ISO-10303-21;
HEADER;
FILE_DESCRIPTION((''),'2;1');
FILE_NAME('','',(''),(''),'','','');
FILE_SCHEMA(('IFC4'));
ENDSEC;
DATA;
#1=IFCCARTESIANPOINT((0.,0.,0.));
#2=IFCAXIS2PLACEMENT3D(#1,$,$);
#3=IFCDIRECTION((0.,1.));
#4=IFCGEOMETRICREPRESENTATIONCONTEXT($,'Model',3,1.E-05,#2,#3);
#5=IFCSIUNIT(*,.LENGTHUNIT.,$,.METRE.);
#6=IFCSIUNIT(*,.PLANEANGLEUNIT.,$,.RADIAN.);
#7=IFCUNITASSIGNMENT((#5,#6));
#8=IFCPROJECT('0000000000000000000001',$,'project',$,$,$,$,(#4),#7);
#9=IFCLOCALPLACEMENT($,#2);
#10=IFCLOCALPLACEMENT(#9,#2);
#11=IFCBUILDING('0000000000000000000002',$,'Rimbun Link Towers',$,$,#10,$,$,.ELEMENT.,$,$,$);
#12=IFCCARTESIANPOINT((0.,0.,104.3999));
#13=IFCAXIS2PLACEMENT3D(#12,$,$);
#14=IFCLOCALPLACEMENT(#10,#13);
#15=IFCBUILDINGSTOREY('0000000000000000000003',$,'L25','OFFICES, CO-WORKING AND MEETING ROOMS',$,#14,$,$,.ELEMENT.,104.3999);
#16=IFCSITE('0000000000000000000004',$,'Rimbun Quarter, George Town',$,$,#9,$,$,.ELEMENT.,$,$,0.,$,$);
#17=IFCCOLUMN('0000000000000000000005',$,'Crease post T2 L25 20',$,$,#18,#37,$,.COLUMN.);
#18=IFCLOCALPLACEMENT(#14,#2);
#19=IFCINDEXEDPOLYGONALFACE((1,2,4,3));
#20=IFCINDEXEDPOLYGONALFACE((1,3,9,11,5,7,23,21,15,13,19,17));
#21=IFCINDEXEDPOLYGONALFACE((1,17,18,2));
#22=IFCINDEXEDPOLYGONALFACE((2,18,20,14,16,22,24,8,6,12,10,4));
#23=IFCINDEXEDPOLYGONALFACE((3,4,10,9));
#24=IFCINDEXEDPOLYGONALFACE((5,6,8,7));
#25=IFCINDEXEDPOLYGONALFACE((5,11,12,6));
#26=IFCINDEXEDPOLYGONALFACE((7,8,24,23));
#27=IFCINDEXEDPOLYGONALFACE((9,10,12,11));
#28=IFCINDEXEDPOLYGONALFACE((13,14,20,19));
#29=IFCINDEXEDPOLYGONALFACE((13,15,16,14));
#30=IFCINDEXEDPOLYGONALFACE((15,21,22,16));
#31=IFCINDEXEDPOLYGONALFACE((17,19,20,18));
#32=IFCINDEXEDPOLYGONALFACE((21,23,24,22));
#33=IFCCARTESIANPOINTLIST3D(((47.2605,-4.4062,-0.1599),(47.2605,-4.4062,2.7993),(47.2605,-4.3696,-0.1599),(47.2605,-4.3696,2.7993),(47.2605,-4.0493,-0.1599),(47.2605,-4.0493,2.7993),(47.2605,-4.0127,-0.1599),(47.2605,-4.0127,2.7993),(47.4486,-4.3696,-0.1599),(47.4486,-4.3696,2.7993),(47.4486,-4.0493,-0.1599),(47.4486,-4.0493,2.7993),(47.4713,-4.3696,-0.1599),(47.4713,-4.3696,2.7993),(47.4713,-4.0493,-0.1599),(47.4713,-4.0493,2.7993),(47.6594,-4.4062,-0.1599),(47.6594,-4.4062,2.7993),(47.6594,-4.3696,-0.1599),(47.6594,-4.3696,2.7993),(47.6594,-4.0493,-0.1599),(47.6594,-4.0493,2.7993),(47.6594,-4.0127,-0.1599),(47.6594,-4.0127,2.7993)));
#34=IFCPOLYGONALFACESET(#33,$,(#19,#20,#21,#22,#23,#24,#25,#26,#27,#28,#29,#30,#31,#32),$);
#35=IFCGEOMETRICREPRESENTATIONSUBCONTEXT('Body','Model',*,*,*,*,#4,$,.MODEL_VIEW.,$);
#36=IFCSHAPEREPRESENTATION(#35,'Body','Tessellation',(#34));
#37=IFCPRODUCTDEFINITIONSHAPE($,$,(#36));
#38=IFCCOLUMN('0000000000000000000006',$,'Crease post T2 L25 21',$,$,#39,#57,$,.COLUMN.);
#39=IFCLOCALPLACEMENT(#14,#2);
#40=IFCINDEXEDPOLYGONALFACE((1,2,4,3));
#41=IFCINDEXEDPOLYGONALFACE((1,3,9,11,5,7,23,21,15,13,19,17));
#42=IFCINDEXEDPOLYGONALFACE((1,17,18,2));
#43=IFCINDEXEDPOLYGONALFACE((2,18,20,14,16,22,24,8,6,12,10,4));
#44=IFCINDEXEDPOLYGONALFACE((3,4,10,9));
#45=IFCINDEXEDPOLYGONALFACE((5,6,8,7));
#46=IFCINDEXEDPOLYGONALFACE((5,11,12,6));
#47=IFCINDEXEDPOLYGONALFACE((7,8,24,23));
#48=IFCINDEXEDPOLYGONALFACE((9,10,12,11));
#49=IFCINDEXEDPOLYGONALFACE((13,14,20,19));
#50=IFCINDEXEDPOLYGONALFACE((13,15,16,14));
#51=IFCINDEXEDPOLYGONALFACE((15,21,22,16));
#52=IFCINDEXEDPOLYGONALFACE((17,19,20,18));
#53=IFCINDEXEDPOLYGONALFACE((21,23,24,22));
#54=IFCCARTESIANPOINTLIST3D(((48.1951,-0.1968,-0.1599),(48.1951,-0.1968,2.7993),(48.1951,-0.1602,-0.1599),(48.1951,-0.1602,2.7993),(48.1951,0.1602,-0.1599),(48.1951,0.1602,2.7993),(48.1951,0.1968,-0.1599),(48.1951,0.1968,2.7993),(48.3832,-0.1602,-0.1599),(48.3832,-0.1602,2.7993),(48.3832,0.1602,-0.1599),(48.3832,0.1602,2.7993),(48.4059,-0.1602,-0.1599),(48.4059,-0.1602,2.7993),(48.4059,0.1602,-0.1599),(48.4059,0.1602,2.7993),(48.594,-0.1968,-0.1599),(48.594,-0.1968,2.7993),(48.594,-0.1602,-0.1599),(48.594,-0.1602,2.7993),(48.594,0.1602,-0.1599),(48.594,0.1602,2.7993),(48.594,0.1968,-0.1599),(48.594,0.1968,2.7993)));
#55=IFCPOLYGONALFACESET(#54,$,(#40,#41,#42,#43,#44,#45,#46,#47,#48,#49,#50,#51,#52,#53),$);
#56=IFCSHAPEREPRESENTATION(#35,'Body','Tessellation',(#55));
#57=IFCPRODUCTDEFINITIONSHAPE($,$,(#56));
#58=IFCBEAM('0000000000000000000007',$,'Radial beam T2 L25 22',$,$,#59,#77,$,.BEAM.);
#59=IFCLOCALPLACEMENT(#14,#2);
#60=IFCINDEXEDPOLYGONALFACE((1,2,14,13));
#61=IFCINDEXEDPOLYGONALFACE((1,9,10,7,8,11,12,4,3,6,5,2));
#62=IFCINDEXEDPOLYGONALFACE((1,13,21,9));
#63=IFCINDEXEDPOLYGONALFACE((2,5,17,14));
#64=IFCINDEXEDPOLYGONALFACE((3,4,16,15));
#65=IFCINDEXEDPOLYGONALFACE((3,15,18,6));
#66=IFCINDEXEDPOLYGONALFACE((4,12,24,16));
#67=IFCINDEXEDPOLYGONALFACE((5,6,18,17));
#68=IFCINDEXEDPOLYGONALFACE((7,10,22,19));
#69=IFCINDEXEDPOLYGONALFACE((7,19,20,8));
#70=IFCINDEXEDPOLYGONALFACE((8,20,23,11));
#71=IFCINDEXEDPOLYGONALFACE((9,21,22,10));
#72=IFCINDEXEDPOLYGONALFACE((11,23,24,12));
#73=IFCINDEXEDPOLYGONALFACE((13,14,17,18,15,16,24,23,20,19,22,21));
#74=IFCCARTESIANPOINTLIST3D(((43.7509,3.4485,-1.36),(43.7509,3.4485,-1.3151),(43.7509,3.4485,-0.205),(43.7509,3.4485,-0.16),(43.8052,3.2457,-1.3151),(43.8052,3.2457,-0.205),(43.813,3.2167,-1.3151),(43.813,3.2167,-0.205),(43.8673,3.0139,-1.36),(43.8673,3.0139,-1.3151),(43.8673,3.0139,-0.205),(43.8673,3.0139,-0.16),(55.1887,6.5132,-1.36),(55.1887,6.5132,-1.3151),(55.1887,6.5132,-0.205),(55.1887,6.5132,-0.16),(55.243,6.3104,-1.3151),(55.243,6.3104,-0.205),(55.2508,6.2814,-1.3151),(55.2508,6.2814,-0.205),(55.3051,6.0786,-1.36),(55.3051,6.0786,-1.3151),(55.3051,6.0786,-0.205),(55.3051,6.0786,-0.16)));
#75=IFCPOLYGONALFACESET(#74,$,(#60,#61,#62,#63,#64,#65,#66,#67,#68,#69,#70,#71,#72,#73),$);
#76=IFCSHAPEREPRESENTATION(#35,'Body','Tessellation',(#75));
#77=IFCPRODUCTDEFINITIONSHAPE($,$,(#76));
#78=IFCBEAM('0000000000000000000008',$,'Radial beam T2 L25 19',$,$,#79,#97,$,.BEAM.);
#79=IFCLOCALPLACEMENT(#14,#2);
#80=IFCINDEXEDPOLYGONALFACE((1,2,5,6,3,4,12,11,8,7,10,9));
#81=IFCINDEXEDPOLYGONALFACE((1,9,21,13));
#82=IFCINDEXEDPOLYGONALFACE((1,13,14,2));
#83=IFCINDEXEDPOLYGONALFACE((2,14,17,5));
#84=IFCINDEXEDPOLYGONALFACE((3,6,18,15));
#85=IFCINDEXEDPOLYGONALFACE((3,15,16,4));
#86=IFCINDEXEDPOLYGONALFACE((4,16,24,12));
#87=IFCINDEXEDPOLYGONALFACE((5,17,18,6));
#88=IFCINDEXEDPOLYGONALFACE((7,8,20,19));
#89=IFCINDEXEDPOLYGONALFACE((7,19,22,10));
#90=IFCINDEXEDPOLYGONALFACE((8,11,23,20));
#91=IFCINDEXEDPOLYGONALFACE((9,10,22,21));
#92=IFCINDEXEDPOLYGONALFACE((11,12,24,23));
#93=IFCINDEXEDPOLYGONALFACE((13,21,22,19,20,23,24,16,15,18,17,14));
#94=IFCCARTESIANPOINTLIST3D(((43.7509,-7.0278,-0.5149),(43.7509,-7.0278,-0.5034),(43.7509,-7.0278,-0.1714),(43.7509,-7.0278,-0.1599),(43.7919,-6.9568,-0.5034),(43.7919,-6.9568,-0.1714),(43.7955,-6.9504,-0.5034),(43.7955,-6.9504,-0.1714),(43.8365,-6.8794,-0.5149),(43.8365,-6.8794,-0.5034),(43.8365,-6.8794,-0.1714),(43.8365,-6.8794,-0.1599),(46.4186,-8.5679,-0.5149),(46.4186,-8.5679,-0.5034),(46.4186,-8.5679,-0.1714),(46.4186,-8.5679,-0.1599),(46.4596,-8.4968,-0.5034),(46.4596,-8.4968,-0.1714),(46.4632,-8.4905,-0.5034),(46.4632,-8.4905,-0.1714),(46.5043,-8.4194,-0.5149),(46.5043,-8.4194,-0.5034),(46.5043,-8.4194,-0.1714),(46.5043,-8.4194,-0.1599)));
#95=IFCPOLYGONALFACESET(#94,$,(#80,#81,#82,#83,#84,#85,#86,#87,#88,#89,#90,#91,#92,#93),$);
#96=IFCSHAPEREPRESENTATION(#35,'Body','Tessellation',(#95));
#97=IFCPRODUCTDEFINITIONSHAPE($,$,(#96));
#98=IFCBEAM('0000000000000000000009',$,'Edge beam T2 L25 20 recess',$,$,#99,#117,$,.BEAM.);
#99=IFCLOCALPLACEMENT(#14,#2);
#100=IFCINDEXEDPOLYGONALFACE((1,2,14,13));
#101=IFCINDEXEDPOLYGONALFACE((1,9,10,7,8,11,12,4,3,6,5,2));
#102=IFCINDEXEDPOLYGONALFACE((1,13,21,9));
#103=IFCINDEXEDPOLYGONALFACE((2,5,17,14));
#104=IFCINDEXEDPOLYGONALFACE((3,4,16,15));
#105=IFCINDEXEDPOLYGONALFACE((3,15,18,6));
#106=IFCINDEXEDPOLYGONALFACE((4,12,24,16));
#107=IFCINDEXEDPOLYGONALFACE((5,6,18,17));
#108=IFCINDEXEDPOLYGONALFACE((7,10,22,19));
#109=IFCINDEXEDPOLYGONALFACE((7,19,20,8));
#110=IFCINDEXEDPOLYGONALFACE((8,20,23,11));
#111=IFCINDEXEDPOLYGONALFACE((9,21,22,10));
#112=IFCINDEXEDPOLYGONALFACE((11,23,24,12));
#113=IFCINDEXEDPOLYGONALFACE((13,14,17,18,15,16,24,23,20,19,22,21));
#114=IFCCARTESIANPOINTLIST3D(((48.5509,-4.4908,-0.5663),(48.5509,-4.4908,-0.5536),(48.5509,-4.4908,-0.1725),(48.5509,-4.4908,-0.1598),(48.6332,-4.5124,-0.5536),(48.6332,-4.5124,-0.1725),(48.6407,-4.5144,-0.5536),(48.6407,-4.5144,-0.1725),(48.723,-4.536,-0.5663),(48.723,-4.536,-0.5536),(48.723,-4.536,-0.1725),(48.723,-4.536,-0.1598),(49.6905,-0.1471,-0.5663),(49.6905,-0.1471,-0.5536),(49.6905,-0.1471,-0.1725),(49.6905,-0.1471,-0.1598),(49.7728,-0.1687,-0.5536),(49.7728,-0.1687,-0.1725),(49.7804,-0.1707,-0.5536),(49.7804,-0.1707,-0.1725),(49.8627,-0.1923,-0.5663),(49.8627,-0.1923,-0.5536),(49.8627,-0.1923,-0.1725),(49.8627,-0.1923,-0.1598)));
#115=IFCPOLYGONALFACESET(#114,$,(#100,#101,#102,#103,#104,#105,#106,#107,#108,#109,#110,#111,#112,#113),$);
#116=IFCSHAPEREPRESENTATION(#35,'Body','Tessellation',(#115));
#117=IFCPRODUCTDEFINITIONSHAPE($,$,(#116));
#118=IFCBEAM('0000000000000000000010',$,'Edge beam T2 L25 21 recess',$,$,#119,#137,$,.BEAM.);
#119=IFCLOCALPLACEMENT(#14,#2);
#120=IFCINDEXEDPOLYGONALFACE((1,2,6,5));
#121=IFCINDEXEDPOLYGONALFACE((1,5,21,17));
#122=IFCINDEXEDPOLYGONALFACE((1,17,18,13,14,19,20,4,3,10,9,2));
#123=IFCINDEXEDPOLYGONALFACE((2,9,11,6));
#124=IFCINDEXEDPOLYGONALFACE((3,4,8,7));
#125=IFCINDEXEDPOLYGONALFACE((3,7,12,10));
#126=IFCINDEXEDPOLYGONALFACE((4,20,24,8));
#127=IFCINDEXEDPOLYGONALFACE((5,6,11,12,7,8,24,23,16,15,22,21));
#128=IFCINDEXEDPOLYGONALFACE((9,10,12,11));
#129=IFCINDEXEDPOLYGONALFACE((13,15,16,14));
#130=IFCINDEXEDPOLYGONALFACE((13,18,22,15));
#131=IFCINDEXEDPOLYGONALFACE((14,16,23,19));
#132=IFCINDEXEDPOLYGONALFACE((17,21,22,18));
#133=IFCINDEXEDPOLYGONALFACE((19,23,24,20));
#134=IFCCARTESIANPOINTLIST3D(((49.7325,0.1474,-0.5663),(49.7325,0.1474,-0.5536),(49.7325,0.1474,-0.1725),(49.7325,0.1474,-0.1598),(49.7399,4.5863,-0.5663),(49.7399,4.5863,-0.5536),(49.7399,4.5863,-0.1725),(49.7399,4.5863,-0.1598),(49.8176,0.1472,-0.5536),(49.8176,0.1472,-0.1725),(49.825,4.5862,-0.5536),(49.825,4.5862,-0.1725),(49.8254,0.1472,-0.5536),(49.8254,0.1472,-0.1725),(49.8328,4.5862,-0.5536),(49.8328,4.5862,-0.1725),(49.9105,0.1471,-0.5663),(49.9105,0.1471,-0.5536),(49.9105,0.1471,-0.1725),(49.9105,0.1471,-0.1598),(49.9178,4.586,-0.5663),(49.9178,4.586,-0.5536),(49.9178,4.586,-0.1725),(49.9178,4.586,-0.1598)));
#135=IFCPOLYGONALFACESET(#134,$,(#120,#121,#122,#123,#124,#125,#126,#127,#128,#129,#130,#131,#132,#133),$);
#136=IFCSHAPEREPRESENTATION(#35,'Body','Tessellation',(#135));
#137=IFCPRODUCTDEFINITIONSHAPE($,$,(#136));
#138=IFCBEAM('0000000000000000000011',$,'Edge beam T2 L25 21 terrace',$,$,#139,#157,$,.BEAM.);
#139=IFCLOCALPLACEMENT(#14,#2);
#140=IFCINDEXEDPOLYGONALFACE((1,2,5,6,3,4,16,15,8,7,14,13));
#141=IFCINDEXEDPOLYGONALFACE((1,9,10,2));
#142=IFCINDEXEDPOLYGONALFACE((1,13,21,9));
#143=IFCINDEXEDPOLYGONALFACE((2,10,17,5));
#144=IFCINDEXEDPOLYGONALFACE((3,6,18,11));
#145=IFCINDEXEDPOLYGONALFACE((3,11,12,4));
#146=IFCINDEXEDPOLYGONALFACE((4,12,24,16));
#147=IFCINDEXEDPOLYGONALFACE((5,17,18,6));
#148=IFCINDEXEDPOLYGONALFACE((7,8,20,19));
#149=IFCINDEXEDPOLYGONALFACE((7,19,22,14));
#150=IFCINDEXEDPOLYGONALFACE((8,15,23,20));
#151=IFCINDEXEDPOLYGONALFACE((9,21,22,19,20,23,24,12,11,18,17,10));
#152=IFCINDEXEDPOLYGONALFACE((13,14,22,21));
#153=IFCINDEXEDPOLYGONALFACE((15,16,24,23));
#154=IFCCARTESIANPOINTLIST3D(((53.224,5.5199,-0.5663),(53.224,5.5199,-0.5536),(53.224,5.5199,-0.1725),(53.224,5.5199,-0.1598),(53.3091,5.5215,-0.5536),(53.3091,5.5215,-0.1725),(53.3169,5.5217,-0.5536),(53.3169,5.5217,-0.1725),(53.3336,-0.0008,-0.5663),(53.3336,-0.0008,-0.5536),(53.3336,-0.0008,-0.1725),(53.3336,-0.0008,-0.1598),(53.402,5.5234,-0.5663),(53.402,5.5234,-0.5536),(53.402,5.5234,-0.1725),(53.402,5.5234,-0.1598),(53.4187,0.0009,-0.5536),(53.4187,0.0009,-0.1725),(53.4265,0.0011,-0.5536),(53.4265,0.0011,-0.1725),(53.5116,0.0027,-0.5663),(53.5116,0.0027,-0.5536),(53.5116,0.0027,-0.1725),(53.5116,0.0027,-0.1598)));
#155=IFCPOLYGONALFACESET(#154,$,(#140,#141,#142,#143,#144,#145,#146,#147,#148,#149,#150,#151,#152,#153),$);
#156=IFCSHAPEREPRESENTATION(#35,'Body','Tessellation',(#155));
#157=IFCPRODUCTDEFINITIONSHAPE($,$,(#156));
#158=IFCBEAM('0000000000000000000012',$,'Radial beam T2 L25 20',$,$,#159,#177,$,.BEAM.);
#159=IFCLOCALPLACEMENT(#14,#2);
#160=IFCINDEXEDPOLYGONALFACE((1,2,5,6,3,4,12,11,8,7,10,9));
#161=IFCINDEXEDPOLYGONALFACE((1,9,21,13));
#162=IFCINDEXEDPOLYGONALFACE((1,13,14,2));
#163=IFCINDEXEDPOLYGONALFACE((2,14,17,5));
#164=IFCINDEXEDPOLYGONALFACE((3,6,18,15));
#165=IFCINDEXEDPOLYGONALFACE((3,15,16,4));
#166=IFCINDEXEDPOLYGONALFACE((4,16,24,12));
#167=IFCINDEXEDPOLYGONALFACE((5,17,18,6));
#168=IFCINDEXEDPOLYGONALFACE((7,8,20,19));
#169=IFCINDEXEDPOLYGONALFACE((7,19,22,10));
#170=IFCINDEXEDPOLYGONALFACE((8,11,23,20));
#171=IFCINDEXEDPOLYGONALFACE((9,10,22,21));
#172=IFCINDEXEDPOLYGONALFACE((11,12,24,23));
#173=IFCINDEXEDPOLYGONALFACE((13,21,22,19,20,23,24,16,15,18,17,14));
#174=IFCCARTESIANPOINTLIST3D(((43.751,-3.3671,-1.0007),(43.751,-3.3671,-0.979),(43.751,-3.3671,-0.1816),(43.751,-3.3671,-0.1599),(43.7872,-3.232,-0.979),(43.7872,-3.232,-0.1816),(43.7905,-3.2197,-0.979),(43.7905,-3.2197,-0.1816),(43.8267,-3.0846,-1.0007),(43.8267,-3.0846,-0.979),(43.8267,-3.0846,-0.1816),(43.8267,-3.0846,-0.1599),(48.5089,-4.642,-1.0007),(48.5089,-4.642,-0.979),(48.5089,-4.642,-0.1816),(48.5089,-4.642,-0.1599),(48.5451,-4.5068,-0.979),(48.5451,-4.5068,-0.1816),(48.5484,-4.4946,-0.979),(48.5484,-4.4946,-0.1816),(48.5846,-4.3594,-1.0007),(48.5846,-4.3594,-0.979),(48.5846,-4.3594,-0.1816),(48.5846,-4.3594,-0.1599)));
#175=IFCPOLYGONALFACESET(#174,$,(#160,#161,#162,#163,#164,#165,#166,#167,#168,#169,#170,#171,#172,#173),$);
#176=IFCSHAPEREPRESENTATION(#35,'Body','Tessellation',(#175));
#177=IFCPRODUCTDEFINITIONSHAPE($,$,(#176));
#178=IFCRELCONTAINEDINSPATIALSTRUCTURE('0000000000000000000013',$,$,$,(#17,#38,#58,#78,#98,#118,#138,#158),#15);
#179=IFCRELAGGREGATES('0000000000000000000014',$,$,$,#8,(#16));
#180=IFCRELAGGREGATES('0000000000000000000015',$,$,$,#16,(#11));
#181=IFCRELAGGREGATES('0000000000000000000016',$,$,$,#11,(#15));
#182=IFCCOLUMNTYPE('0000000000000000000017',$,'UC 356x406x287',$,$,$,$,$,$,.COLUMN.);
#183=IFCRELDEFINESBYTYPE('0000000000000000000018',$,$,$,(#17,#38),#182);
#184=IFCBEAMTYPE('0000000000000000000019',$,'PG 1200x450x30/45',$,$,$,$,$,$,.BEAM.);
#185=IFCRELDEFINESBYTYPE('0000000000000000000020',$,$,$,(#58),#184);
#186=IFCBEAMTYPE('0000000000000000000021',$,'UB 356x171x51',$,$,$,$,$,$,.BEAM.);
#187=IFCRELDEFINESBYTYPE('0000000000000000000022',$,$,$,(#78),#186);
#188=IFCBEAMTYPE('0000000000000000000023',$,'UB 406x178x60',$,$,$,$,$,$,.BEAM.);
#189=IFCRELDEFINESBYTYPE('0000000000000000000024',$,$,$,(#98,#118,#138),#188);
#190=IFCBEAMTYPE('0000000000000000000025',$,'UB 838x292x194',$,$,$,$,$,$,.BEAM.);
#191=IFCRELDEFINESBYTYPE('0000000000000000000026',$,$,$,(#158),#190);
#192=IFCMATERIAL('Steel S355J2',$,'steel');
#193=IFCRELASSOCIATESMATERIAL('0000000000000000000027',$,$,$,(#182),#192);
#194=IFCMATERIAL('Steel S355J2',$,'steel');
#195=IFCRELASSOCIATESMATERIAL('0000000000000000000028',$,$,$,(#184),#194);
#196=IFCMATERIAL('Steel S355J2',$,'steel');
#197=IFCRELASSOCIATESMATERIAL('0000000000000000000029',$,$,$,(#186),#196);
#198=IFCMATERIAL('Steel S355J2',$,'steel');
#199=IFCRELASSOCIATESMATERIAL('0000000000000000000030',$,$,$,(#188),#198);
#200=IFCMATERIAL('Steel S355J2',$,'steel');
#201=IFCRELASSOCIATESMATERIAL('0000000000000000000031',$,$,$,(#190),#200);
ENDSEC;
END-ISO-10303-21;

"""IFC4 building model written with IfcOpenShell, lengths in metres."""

from ifc_helpers import new_model, si_unit, direction, frame, origin, origin_2d, place, context, subcontext, project, spatial, i_section, extrude, material, material_profile, profile_set, type_object, element, save


model = new_model("IFC4")

# Units and contexts
model_context = context("Model", 3, precision=1e-05, world=origin(), true_north=direction((0.0, 1.0)))
body_context = subcontext(model_context, "Body", "Model", "MODEL_VIEW")
ifc_project = project(units=[si_unit("LENGTHUNIT", "METRE"), si_unit("PLANEANGLEUNIT", "RADIAN")], contexts=[model_context])

# Site, building, storey
site_placement = place(None, origin())
site = spatial("IfcSite", under=ifc_project, at=site_placement, Name="Rimbun Quarter, George Town", CompositionType="ELEMENT", RefElevation=0.0)
building_placement = place(site_placement, origin())
building = spatial("IfcBuilding", under=site, at=building_placement, Name="Rimbun Link Towers", CompositionType="ELEMENT")
storey_placement = place(building_placement, frame((0.0, 0.0, 104.3999)))
storey = spatial("IfcBuildingStorey", under=building, at=storey_placement, Name="L25", Description="OFFICES, CO-WORKING AND MEETING ROOMS", CompositionType="ELEMENT", Elevation=104.3999)

# Columns
ifc_material_1 = material(Name="Steel S355J2", Category="steel")
ifc_material_profile_1 = material_profile(ifc_material_1, i_section(OverallWidth=0.3989, OverallDepth=0.3936, WebThickness=0.0227, FlangeThickness=0.0366, at=origin_2d()), Name="UC 356x406x287")
ifc_profile_set_1 = profile_set([ifc_material_profile_1], Name="Steel S355J2")
column_type = type_object("IfcColumnType", Name="UC 356x406x287", PredefinedType="COLUMN", material=ifc_profile_set_1)
for number, where, z_axis, x_axis, name in (
    (1, (47.46, -4.2095, -0.1599), (0.0, 0.0, 1.0), (1.0, 0.0, 0.0), "Crease post T2 L25 20"),
    (2, (48.3945, 0.0, -0.1599), (0.0, 0.0, 1.0), (1.0, 0.0, 0.0), "Crease post T2 L25 21"),
):
    element("IfcColumn", number, at=place(storey_placement, frame(where, z_axis=z_axis, x_axis=x_axis)), inside=storey, type_object=column_type, Name=name, PredefinedType="COLUMN", context=body_context, shape_type="SweptSolid", body=[
        extrude(i_section(OverallWidth=0.3989, OverallDepth=0.3936, WebThickness=0.0227, FlangeThickness=0.0366, at=origin_2d()), origin(), (0.0, 0.0, 1.0), 2.9592),
    ])

# Beams
ifc_material_2 = material(Name="Steel S355J2", Category="steel")
ifc_material_profile_2 = material_profile(ifc_material_2, i_section(OverallWidth=0.45, OverallDepth=1.2, WebThickness=0.03, FlangeThickness=0.0449, at=origin_2d()), Name="PG 1200x450x30/45")
ifc_profile_set_2 = profile_set([ifc_material_profile_2], Name="Steel S355J2")
beam_type_1 = type_object("IfcBeamType", Name="PG 1200x450x30/45", PredefinedType="BEAM", material=ifc_profile_set_2)
beam_1_placement = place(storey_placement, frame((43.8091, 3.2312, -0.76), z_axis=(0.965927, 0.258816, 0.0), x_axis=(-0.258816, 0.965927, 0.0)))
element("IfcBeam", 3, at=beam_1_placement, inside=storey, type_object=beam_type_1, Name="Radial beam T2 L25 22", PredefinedType="BEAM", context=body_context, shape_type="SweptSolid", body=[
    extrude(i_section(OverallWidth=0.45, OverallDepth=1.2, WebThickness=0.03, FlangeThickness=0.0449, at=origin_2d()), origin(), (0.0, 0.0, 1.0), 11.8413),
])
ifc_material_3 = material(Name="Steel S355J2", Category="steel")
ifc_material_profile_3 = material_profile(ifc_material_3, i_section(OverallWidth=0.1714, OverallDepth=0.355, WebThickness=0.0073, FlangeThickness=0.0115, at=origin_2d()), Name="UB 356x171x51")
ifc_profile_set_3 = profile_set([ifc_material_profile_3], Name="Steel S355J2")
beam_type_2 = type_object("IfcBeamType", Name="UB 356x171x51", PredefinedType="BEAM", material=ifc_profile_set_3)
beam_2_placement = place(storey_placement, frame((43.7937, -6.9536, -0.3374), z_axis=(0.86605, -0.499958, 0.0), x_axis=(0.499958, 0.86605, 0.0)))
element("IfcBeam", 4, at=beam_2_placement, inside=storey, type_object=beam_type_2, Name="Radial beam T2 L25 19", PredefinedType="BEAM", context=body_context, shape_type="SweptSolid", body=[
    extrude(i_section(OverallWidth=0.1714, OverallDepth=0.355, WebThickness=0.0073, FlangeThickness=0.0115, at=origin_2d()), origin(), (0.0, 0.0, 1.0), 3.0803),
])
ifc_material_4 = material(Name="Steel S355J2", Category="steel")
ifc_material_profile_4 = material_profile(ifc_material_4, i_section(OverallWidth=0.178, OverallDepth=0.4065, WebThickness=0.0078, FlangeThickness=0.0127, at=origin_2d()), Name="UB 406x178x60")
ifc_profile_set_4 = profile_set([ifc_material_profile_4], Name="Steel S355J2")
beam_type_3 = type_object("IfcBeamType", Name="UB 406x178x60", PredefinedType="BEAM", material=ifc_profile_set_4)
beam_3_placement = place(storey_placement, frame((48.637, -4.5134, -0.363), z_axis=(0.253776, 0.967263, 0.0), x_axis=(-0.967263, 0.253776, 0.0)))
element("IfcBeam", 5, at=beam_3_placement, inside=storey, type_object=beam_type_3, Name="Edge beam T2 L25 20 recess", PredefinedType="BEAM", context=body_context, shape_type="SweptSolid", body=[
    extrude(i_section(OverallWidth=0.178, OverallDepth=0.4065, WebThickness=0.0078, FlangeThickness=0.0127, at=origin_2d()), origin(), (0.0, 0.0, 1.0), 4.4907),
])
beam_4_placement = place(storey_placement, frame((49.8215, 0.1472, -0.363), z_axis=(0.00165, 0.999999, 0.0), x_axis=(-0.999999, 0.00165, 0.0)))
element("IfcBeam", 6, at=beam_4_placement, inside=storey, type_object=beam_type_3, Name="Edge beam T2 L25 21 recess", PredefinedType="BEAM", context=body_context, shape_type="SweptSolid", body=[
    extrude(i_section(OverallWidth=0.178, OverallDepth=0.4065, WebThickness=0.0078, FlangeThickness=0.0127, at=origin_2d()), origin(), (0.0, 0.0, 1.0), 4.439),
])
beam_5_placement = place(storey_placement, frame((53.4226, 0.001, -0.363), z_axis=(-0.019852, 0.999803, 0.0), x_axis=(-0.999803, -0.019852, 0.0)))
element("IfcBeam", 7, at=beam_5_placement, inside=storey, type_object=beam_type_3, Name="Edge beam T2 L25 21 terrace", PredefinedType="BEAM", context=body_context, shape_type="SweptSolid", body=[
    extrude(i_section(OverallWidth=0.178, OverallDepth=0.4065, WebThickness=0.0078, FlangeThickness=0.0127, at=origin_2d()), origin(), (0.0, 0.0, 1.0), 5.5217),
])
ifc_material_5 = material(Name="Steel S355J2", Category="steel")
ifc_material_profile_5 = material_profile(ifc_material_5, i_section(OverallWidth=0.2925, OverallDepth=0.8408, WebThickness=0.0127, FlangeThickness=0.0217, at=origin_2d()), Name="UB 838x292x194")
ifc_profile_set_5 = profile_set([ifc_material_profile_5], Name="Steel S355J2")
beam_type_4 = type_object("IfcBeamType", Name="UB 838x292x194", PredefinedType="BEAM", material=ifc_profile_set_5)
beam_6_placement = place(storey_placement, frame((43.7888, -3.2258, -0.5803), z_axis=(0.965927, -0.258816, 0.0), x_axis=(0.258816, 0.965927, 0.0)))
element("IfcBeam", 8, at=beam_6_placement, inside=storey, type_object=beam_type_4, Name="Radial beam T2 L25 20", PredefinedType="BEAM", context=body_context, shape_type="SweptSolid", body=[
    extrude(i_section(OverallWidth=0.2925, OverallDepth=0.8408, WebThickness=0.0127, FlangeThickness=0.0217, at=origin_2d()), origin(), (0.0, 0.0, 1.0), 4.9258),
])

save(model, "model.ifc")
